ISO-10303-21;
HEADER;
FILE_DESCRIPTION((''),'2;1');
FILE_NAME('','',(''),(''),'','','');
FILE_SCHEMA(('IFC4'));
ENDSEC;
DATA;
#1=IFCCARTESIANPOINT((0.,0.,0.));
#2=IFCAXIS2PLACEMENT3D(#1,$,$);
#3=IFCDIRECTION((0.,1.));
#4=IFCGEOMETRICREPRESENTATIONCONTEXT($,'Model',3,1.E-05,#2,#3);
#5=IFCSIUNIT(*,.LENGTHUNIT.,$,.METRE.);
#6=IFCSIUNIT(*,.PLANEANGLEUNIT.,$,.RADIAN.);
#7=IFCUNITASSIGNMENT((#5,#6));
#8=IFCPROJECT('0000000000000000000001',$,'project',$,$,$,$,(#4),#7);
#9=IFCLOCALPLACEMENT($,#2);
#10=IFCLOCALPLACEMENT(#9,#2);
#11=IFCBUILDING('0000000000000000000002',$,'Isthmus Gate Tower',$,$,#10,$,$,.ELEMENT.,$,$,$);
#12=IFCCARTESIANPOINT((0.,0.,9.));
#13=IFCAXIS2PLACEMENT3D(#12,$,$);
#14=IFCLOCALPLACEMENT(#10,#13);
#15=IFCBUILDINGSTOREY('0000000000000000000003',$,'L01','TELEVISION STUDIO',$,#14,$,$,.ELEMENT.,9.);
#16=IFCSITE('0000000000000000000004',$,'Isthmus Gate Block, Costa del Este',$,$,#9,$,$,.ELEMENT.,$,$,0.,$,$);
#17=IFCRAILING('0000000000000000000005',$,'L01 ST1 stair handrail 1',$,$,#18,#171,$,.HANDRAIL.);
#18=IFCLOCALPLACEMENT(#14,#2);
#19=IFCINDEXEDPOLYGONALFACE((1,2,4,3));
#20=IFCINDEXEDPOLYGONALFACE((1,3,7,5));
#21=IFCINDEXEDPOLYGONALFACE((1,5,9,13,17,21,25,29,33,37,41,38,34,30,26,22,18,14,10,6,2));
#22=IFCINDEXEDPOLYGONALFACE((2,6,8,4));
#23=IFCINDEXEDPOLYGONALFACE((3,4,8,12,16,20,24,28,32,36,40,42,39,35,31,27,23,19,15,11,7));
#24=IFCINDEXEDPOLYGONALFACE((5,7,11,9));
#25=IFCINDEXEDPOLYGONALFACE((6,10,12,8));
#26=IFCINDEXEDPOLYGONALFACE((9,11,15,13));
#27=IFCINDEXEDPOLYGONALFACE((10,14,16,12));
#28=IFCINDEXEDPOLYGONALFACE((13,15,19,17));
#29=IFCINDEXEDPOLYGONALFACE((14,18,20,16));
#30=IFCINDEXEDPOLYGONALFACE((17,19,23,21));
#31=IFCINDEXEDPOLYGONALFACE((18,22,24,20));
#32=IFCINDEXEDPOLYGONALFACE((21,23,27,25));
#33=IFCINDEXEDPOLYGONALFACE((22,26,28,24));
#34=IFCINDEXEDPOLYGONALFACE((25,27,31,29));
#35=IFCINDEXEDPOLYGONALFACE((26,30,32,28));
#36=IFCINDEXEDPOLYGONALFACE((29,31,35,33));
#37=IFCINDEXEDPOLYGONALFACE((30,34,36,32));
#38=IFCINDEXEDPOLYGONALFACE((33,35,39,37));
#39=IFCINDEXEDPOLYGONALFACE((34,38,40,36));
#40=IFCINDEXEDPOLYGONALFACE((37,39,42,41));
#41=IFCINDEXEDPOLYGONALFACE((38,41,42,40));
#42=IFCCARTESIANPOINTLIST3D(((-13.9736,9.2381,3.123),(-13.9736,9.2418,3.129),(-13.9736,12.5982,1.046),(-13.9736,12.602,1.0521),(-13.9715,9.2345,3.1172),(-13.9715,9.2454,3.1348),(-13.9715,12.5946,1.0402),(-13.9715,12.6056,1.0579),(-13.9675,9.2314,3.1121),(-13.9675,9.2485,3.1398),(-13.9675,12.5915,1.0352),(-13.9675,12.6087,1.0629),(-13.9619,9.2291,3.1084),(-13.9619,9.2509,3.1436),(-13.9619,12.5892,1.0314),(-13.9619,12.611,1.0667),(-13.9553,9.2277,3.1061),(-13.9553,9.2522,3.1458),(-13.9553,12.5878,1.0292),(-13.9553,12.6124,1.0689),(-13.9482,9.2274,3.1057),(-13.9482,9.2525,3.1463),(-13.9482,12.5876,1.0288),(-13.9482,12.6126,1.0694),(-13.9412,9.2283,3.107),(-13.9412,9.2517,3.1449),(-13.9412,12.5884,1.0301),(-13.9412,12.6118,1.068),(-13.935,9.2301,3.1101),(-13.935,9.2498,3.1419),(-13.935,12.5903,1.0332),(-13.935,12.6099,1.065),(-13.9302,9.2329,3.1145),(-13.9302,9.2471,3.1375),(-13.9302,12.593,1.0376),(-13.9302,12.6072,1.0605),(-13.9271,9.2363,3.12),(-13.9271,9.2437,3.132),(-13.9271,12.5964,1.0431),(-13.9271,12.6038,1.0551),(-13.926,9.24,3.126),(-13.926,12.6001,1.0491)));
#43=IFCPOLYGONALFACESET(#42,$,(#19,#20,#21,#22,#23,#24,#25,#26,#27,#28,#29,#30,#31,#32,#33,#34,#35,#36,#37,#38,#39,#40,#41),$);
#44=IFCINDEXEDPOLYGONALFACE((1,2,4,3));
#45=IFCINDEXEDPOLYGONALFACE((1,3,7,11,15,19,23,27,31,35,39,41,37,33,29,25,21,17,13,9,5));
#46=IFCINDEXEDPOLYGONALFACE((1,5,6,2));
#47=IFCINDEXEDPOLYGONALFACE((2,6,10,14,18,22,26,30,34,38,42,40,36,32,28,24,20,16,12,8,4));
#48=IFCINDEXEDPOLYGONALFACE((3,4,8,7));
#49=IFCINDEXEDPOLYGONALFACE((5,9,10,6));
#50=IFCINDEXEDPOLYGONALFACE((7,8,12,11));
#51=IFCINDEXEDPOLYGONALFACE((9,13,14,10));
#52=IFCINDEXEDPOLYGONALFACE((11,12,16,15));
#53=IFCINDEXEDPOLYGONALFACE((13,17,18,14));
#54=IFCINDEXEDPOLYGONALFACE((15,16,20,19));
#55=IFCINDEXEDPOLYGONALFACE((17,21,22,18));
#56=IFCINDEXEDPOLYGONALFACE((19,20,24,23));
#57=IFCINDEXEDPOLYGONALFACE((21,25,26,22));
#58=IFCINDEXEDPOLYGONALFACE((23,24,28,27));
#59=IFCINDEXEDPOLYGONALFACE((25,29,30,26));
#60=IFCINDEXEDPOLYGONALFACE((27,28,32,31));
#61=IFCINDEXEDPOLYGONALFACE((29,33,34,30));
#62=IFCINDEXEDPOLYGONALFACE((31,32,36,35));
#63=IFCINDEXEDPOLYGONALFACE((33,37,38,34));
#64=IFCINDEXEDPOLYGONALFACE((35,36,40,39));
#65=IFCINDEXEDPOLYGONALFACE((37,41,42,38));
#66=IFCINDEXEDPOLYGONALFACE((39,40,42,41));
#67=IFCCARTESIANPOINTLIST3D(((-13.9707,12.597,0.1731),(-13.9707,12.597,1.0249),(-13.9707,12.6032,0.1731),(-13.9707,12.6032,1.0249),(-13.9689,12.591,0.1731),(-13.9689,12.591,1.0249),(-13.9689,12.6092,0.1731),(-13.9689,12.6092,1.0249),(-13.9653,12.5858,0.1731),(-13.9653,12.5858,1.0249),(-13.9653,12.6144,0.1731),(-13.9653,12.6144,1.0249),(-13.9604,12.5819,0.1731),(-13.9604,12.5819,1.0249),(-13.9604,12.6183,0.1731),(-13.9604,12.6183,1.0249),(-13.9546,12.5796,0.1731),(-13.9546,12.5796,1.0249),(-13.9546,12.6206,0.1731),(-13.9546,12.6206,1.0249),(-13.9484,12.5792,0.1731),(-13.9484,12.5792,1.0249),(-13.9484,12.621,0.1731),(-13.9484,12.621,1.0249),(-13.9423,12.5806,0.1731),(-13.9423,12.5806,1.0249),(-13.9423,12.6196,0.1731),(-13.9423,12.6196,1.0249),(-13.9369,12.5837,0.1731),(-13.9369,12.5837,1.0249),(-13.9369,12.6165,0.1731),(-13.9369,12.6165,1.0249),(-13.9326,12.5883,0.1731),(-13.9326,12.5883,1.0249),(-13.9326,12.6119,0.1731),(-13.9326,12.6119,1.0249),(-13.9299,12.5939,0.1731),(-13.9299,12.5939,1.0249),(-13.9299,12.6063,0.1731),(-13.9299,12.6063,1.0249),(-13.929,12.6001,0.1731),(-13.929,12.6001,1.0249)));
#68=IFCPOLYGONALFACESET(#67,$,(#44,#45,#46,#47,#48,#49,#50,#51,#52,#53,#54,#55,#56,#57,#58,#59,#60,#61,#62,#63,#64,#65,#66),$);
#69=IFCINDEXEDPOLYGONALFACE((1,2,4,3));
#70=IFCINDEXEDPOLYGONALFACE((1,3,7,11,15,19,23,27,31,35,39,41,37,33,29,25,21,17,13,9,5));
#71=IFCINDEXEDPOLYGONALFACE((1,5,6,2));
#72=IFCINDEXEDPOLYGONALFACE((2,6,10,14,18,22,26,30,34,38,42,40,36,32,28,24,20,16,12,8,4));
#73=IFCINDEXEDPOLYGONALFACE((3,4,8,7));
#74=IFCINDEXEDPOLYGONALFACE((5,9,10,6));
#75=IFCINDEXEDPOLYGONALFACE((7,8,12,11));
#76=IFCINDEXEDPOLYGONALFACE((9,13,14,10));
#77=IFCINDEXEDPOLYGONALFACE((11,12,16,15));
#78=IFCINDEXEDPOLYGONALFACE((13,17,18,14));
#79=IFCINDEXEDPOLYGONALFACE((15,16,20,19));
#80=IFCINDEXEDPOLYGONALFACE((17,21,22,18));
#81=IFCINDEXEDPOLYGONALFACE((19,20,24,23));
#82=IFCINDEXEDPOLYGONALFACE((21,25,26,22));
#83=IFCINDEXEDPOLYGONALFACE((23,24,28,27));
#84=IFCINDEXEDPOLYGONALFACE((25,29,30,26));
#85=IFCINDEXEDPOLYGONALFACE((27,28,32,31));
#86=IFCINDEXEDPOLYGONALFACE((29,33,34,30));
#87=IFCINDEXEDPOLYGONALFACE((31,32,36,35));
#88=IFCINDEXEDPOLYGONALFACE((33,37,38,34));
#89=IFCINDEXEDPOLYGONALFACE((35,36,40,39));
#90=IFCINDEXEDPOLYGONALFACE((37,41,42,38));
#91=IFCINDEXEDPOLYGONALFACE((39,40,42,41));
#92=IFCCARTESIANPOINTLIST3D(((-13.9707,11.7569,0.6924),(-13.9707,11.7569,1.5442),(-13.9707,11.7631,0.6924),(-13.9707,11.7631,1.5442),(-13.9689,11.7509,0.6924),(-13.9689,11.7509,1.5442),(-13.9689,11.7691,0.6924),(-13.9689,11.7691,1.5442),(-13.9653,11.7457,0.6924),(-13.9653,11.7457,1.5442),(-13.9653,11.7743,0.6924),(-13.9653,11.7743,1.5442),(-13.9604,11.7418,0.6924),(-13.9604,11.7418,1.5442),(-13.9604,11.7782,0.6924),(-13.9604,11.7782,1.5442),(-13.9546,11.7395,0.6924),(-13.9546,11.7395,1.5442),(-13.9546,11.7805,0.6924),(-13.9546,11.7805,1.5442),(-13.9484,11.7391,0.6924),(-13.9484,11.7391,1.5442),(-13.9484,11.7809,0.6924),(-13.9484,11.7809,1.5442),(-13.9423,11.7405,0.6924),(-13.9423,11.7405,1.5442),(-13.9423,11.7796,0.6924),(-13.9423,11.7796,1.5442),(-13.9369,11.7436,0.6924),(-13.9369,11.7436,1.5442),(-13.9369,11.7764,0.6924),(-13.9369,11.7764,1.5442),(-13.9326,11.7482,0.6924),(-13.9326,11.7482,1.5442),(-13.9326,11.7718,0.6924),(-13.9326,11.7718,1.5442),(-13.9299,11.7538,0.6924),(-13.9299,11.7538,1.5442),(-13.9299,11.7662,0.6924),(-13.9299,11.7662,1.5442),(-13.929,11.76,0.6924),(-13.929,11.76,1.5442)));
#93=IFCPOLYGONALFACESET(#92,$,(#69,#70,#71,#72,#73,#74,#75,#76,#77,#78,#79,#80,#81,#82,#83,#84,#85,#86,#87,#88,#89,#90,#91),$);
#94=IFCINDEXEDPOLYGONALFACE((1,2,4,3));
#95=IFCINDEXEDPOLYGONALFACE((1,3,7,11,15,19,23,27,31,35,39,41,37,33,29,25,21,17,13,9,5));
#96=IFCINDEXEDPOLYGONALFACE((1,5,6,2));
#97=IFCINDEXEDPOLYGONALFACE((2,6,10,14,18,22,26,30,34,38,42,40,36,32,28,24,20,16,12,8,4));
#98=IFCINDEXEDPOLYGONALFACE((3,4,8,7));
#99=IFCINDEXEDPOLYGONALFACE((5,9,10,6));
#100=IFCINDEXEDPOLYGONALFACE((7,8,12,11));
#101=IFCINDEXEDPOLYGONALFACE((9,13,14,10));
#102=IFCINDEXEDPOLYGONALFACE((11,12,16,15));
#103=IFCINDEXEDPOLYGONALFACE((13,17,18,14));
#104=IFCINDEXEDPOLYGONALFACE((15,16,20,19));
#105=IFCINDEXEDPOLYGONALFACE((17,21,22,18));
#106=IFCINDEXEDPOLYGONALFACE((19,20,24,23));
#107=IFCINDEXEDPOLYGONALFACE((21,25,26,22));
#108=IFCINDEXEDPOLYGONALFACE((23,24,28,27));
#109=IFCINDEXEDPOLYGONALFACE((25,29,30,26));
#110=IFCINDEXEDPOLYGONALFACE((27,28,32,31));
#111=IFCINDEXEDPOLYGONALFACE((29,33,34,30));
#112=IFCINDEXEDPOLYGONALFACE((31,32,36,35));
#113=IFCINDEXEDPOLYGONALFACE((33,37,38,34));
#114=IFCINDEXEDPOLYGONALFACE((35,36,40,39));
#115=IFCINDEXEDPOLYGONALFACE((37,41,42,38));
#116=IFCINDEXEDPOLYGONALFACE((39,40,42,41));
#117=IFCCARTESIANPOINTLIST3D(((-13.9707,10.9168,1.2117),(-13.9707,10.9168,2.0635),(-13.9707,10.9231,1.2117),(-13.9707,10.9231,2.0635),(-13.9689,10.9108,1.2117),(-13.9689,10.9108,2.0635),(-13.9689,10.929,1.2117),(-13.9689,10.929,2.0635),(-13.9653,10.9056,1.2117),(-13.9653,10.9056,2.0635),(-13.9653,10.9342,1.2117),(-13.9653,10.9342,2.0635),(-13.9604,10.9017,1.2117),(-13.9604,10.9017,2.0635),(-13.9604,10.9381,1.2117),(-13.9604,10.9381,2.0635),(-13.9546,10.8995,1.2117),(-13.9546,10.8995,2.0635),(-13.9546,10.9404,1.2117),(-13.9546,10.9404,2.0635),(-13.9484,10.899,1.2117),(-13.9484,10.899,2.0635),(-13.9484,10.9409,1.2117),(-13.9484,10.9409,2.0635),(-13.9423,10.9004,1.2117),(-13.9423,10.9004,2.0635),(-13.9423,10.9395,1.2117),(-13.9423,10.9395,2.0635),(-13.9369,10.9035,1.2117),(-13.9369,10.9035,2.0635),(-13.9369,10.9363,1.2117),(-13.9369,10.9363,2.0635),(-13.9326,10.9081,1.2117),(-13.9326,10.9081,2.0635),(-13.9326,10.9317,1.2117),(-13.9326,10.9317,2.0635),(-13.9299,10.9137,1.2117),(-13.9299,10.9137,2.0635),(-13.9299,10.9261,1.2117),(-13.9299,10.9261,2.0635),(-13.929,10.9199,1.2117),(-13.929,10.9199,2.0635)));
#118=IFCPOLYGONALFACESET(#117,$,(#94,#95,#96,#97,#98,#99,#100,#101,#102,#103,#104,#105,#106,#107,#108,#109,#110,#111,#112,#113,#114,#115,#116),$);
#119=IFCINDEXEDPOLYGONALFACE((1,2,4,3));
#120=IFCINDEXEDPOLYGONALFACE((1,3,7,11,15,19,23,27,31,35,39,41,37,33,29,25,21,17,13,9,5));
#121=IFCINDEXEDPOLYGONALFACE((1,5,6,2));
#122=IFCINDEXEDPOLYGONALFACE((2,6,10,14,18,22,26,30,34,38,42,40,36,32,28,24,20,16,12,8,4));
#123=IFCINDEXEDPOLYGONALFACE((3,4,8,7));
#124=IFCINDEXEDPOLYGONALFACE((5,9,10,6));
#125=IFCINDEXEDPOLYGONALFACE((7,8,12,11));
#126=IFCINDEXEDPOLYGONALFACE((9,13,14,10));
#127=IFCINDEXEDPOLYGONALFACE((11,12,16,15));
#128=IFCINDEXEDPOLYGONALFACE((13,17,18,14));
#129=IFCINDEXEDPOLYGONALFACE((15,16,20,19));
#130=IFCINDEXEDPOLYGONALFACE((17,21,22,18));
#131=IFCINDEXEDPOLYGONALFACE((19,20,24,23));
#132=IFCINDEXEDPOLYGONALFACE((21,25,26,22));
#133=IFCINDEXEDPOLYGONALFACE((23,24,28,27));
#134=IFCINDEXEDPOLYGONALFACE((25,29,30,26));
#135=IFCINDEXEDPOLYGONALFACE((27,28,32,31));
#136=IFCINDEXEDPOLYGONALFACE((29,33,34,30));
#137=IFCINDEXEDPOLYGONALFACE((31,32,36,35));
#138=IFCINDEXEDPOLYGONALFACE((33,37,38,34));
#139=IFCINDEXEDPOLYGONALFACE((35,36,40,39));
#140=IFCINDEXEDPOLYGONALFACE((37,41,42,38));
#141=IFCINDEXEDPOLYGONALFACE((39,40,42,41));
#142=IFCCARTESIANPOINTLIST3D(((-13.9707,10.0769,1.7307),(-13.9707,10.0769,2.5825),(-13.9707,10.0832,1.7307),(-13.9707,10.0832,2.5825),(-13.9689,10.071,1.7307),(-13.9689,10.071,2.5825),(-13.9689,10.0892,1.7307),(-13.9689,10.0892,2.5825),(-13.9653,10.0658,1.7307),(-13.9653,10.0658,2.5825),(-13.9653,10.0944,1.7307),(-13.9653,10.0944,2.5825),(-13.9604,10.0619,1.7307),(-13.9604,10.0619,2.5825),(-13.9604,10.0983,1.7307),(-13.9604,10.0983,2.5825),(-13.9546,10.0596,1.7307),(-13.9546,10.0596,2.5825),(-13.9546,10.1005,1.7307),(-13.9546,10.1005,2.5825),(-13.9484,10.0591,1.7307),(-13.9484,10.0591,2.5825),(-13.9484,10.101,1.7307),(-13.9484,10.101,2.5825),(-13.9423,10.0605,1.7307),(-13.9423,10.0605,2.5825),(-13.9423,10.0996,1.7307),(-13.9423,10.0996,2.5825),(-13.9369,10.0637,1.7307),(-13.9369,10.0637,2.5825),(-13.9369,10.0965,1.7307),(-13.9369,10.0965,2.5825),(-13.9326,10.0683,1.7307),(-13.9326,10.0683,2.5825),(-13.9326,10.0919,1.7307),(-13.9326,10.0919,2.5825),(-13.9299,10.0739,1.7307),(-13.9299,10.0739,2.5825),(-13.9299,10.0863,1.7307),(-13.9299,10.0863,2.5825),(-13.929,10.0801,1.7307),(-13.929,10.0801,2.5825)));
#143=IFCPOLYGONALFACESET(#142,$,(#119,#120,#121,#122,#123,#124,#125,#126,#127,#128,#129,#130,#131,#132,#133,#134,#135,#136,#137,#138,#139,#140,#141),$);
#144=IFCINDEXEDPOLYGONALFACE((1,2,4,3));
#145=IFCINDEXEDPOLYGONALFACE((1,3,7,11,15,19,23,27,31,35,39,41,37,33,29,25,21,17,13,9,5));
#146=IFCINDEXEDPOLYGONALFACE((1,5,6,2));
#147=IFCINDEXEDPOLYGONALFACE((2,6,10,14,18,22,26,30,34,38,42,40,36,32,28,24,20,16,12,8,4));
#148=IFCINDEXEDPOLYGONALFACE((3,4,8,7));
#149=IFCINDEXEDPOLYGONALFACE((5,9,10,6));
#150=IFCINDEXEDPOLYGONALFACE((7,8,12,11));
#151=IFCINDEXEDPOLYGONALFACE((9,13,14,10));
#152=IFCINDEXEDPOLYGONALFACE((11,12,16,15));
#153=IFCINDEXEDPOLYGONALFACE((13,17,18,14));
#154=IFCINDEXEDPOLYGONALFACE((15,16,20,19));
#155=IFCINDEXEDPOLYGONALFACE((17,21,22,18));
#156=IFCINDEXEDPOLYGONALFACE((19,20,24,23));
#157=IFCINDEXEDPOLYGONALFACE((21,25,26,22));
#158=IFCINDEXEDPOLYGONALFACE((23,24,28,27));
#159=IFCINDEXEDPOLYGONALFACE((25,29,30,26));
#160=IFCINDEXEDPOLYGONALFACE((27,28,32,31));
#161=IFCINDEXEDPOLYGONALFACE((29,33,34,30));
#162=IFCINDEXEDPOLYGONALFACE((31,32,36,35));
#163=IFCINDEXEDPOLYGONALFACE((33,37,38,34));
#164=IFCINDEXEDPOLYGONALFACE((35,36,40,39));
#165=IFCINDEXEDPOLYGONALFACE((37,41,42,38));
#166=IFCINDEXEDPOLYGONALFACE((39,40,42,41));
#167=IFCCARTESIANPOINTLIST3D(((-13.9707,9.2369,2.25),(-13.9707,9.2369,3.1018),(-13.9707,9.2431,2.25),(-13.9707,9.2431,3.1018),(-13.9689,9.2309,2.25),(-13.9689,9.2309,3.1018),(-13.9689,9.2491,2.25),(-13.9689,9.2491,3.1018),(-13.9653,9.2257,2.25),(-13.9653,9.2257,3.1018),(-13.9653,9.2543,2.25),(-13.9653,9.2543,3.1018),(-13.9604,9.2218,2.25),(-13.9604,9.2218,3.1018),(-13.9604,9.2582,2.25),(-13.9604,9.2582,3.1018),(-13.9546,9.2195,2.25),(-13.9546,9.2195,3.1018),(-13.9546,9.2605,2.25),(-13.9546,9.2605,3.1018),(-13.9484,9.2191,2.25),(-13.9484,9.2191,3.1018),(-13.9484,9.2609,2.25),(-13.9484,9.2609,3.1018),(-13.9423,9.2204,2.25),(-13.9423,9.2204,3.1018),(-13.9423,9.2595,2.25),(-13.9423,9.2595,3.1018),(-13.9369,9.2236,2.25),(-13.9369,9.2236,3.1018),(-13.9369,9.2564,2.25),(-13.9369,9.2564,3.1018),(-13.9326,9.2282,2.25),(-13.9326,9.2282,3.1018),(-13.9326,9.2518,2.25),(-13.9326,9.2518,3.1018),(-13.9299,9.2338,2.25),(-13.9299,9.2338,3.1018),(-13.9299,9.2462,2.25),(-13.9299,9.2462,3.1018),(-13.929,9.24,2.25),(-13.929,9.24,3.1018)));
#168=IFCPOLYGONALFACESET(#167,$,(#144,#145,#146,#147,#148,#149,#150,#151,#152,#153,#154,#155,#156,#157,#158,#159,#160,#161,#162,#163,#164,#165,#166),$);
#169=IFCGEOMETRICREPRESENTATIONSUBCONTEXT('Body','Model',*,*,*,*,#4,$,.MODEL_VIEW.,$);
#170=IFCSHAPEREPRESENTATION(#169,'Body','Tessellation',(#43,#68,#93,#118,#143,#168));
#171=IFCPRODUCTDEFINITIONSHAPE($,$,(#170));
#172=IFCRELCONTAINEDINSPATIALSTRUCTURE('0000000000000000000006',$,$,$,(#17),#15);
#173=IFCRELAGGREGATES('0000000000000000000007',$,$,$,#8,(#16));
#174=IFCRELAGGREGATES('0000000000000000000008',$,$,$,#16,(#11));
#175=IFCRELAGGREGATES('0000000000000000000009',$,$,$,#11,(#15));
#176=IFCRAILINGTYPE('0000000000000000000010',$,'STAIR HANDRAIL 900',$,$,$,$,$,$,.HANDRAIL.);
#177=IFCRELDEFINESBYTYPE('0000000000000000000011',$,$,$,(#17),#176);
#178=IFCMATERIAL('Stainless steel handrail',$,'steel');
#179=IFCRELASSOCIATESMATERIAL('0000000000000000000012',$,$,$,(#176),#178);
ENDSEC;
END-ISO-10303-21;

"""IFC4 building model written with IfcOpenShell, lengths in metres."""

from ifc_helpers import new_model, si_unit, direction, frame, origin, origin_2d, place, context, subcontext, project, spatial, circle, extrude, material, type_object, element, save


model = new_model("IFC4")

# Units and contexts
model_context = context("Model", 3, precision=1e-05, world=origin(), true_north=direction((0.0, 1.0)))
body_context = subcontext(model_context, "Body", "Model", "MODEL_VIEW")
ifc_project = project(units=[si_unit("LENGTHUNIT", "METRE"), si_unit("PLANEANGLEUNIT", "RADIAN")], contexts=[model_context])

# Site, building, storey
site_placement = place(None, origin())
site = spatial("IfcSite", under=ifc_project, at=site_placement, Name="Isthmus Gate Block, Costa del Este", CompositionType="ELEMENT", RefElevation=0.0)
building_placement = place(site_placement, origin())
building = spatial("IfcBuilding", under=site, at=building_placement, Name="Isthmus Gate Tower", CompositionType="ELEMENT")
storey_placement = place(building_placement, frame((0.0, 0.0, 9.0)))
storey = spatial("IfcBuildingStorey", under=building, at=storey_placement, Name="L01", Description="TELEVISION STUDIO", CompositionType="ELEMENT", Elevation=9.0)

# Railing
ifc_material_1 = material(Name="Stainless steel handrail", Category="steel")
railing_type_1 = type_object("IfcRailingType", Name="STAIR HANDRAIL 900", PredefinedType="HANDRAIL", material=ifc_material_1)
for number, where, name in (
    (1, (-13.95, 12.6001, 0.1731), "L01 ST1 stair handrail 1"),
):
    element("IfcRailing", number, at=place(storey_placement, frame(where)), inside=storey, type_object=railing_type_1, Name=name, PredefinedType="HANDRAIL", context=body_context, shape_type="SweptSolid", body=[
        extrude(circle(Radius=0.0239, at=origin_2d()), frame((0.0, 0.0, 0.876), z_axis=(0.0, -0.850623, 0.525776), x_axis=(1.0, 0.0, 0.0)), (0.0, 0.0, 1.0), 3.9502),
        extrude(circle(Radius=0.021, at=origin_2d()), origin(), (0.0, 0.0, 1.0), 0.8518),
        extrude(circle(Radius=0.021, at=origin_2d()), frame((0.0, -0.8401, 0.5193)), (0.0, 0.0, 1.0), 0.8518),
        extrude(circle(Radius=0.021, at=origin_2d()), frame((0.0, -1.6802, 1.0386)), (0.0, 0.0, 1.0), 0.8518),
        extrude(circle(Radius=0.021, at=origin_2d()), frame((0.0, -2.52, 1.5576)), (0.0, 0.0, 1.0), 0.8518),
        extrude(circle(Radius=0.021, at=origin_2d()), frame((0.0, -3.3601, 2.0769)), (0.0, 0.0, 1.0), 0.8518),
    ])

save(model, "model.ifc")
